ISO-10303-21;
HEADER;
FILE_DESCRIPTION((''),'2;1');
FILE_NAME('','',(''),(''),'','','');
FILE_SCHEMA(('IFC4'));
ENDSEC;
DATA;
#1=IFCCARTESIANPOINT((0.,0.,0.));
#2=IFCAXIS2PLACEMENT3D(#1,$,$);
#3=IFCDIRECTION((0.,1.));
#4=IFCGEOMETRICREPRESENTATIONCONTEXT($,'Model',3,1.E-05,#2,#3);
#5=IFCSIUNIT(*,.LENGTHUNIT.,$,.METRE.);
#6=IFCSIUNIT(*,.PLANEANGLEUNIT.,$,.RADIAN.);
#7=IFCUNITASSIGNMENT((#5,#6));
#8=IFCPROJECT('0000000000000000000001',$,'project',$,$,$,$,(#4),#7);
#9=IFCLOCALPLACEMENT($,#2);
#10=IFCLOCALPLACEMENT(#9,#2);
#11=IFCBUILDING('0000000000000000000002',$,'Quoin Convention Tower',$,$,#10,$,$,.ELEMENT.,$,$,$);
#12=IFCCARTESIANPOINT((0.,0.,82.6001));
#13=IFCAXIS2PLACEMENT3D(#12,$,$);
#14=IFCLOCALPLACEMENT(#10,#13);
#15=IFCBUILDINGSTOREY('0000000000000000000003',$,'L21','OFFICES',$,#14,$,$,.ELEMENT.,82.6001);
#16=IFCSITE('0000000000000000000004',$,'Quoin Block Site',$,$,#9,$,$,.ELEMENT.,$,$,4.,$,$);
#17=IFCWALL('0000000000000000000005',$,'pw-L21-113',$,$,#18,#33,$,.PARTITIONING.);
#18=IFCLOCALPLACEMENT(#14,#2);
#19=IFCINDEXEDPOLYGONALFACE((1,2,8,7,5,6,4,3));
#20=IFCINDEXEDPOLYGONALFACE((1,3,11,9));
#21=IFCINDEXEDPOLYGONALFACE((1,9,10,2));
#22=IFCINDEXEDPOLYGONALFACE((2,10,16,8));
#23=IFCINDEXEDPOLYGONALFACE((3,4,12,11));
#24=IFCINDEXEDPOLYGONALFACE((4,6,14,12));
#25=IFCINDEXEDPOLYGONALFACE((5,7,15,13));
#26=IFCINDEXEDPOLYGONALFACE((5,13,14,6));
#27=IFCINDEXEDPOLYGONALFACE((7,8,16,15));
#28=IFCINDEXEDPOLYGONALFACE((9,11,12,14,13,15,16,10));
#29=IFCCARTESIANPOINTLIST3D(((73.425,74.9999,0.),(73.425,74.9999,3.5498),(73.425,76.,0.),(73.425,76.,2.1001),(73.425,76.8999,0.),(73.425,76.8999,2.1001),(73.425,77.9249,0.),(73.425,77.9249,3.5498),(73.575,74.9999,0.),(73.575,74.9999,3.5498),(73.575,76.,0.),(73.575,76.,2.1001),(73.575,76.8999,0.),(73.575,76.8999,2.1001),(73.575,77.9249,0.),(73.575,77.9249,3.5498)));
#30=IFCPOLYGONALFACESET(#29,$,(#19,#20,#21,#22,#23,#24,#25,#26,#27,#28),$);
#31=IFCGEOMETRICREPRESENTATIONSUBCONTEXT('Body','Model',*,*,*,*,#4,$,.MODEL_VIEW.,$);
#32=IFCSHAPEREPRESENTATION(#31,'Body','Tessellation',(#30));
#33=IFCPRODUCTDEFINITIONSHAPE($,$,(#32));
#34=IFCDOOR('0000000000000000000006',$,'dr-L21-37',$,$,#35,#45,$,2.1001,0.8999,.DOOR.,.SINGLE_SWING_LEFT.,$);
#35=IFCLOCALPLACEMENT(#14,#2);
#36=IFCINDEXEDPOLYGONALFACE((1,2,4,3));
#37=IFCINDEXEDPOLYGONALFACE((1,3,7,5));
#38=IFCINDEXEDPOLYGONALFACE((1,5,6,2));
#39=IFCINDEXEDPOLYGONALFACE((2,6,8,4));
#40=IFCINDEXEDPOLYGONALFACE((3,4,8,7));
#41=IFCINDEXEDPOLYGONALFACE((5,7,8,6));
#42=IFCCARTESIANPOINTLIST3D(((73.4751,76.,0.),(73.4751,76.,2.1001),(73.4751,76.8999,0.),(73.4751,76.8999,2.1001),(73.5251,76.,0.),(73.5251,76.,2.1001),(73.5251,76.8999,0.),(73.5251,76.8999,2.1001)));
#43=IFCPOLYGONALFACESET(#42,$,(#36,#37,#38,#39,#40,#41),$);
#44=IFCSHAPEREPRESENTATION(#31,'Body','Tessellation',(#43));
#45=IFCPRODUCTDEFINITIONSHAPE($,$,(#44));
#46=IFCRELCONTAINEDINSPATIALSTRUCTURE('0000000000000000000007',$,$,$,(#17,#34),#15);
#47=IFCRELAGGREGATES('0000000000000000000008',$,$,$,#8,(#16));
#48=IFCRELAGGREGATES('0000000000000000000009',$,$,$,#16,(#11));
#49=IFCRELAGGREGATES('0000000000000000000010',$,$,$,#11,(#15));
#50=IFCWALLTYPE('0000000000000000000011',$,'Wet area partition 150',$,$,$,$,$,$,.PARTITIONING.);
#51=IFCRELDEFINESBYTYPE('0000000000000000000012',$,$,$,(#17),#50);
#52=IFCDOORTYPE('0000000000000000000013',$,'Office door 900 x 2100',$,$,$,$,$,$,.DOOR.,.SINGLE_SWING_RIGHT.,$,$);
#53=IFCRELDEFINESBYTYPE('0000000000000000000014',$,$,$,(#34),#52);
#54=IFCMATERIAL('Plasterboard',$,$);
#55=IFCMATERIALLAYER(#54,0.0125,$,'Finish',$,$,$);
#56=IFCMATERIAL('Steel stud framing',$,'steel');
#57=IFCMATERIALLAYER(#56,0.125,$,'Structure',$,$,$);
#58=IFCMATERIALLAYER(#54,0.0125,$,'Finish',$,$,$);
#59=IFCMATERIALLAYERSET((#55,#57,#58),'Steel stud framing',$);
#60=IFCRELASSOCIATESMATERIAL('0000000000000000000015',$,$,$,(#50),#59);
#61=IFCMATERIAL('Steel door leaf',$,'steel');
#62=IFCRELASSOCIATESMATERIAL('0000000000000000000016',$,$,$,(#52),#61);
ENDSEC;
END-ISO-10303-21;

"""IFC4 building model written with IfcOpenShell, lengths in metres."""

from ifc_helpers import new_model, si_unit, direction, frame, frame_2d, origin, place, context, subcontext, project, spatial, rectangle, extrude, material, layer, layer_set, type_object, element, fill, save


model = new_model("IFC4")

# Units and contexts
model_context = context("Model", 3, precision=1e-05, world=origin(), true_north=direction((0.0, 1.0)))
body_context = subcontext(model_context, "Body", "Model", "MODEL_VIEW")
ifc_project = project(units=[si_unit("LENGTHUNIT", "METRE"), si_unit("PLANEANGLEUNIT", "RADIAN")], contexts=[model_context])

# Site, building, storey
site_placement = place(None, origin())
site = spatial("IfcSite", under=ifc_project, at=site_placement, Name="Quoin Block Site", CompositionType="ELEMENT", RefElevation=4.0)
building_placement = place(site_placement, origin())
building = spatial("IfcBuilding", under=site, at=building_placement, Name="Quoin Convention Tower", CompositionType="ELEMENT")
storey_placement = place(building_placement, frame((0.0, 0.0, 82.6001)))
storey = spatial("IfcBuildingStorey", under=building, at=storey_placement, Name="L21", Description="OFFICES", CompositionType="ELEMENT", Elevation=82.6001)

# Shared definitions
ifc_material_1 = material(Name="Plasterboard")
ifc_material_2 = material(Name="Steel stud framing", Category="steel")
ifc_layer_1 = layer(ifc_material_1, 0.0125, Name="Finish")
ifc_layer_2 = layer(ifc_material_2, 0.125, Name="Structure")
ifc_layer_3 = layer(ifc_material_1, 0.0125, Name="Finish")
ifc_layer_set_1 = layer_set([ifc_layer_1, ifc_layer_2, ifc_layer_3], Name="Steel stud framing")
wall_type_1 = type_object("IfcWallType", Name="Wet area partition 150", PredefinedType="PARTITIONING", material=ifc_layer_set_1)

# Wall, opening, door
wall_1_placement = place(storey_placement, frame((73.5, 75.0, 0.0), z_axis=(0.0, 0.0, 1.0), x_axis=(0.0, 1.0, 0.0)))
wall_1 = element("IfcWall", 1, at=wall_1_placement, inside=storey, type_object=wall_type_1, Name="pw-L21-113", PredefinedType="PARTITIONING", context=body_context, shape_type="SweptSolid", body=[
    extrude(rectangle(XDim=2.925, YDim=0.1499, at=frame_2d((1.4624, 0.0))), origin(), (0.0, 0.0, 1.0), 3.5498),
])
opening_1_placement = place(wall_1_placement, frame((1.0, 0.0, 0.0)))
opening_1 = element("IfcOpeningElement", 2, at=opening_1_placement, cuts=wall_1, PredefinedType="OPENING", context=body_context, shape_type="SweptSolid", body=[
    extrude(rectangle(XDim=0.8999, YDim=2.1001, at=frame_2d((0.45, 1.05))), frame((0.0, 0.085, 0.0), z_axis=(0.0, -1.0, 0.0), x_axis=(1.0, 0.0, 0.0)), (0.0, 0.0, 1.0), 0.1699),
])
ifc_material_3 = material(Name="Steel door leaf", Category="steel")
door_type = type_object("IfcDoorType", Name="Office door 900 x 2100", OperationType="SINGLE_SWING_RIGHT", PredefinedType="DOOR", material=ifc_material_3)
door_placement = place(opening_1_placement, origin())
door = element("IfcDoor", 3, at=door_placement, inside=storey, type_object=door_type, Name="dr-L21-37", OperationType="SINGLE_SWING_LEFT", OverallHeight=2.1001, OverallWidth=0.8999, PredefinedType="DOOR", context=body_context, shape_type="SweptSolid", body=[
    extrude(rectangle(XDim=0.8999, YDim=2.1001, at=frame_2d((0.45, 1.05))), frame((0.0, 0.0249, 0.0), z_axis=(0.0, -1.0, 0.0), x_axis=(1.0, 0.0, 0.0)), (0.0, 0.0, 1.0), 0.05),
])
fill(opening_1, door)

save(model, "model.ifc")
